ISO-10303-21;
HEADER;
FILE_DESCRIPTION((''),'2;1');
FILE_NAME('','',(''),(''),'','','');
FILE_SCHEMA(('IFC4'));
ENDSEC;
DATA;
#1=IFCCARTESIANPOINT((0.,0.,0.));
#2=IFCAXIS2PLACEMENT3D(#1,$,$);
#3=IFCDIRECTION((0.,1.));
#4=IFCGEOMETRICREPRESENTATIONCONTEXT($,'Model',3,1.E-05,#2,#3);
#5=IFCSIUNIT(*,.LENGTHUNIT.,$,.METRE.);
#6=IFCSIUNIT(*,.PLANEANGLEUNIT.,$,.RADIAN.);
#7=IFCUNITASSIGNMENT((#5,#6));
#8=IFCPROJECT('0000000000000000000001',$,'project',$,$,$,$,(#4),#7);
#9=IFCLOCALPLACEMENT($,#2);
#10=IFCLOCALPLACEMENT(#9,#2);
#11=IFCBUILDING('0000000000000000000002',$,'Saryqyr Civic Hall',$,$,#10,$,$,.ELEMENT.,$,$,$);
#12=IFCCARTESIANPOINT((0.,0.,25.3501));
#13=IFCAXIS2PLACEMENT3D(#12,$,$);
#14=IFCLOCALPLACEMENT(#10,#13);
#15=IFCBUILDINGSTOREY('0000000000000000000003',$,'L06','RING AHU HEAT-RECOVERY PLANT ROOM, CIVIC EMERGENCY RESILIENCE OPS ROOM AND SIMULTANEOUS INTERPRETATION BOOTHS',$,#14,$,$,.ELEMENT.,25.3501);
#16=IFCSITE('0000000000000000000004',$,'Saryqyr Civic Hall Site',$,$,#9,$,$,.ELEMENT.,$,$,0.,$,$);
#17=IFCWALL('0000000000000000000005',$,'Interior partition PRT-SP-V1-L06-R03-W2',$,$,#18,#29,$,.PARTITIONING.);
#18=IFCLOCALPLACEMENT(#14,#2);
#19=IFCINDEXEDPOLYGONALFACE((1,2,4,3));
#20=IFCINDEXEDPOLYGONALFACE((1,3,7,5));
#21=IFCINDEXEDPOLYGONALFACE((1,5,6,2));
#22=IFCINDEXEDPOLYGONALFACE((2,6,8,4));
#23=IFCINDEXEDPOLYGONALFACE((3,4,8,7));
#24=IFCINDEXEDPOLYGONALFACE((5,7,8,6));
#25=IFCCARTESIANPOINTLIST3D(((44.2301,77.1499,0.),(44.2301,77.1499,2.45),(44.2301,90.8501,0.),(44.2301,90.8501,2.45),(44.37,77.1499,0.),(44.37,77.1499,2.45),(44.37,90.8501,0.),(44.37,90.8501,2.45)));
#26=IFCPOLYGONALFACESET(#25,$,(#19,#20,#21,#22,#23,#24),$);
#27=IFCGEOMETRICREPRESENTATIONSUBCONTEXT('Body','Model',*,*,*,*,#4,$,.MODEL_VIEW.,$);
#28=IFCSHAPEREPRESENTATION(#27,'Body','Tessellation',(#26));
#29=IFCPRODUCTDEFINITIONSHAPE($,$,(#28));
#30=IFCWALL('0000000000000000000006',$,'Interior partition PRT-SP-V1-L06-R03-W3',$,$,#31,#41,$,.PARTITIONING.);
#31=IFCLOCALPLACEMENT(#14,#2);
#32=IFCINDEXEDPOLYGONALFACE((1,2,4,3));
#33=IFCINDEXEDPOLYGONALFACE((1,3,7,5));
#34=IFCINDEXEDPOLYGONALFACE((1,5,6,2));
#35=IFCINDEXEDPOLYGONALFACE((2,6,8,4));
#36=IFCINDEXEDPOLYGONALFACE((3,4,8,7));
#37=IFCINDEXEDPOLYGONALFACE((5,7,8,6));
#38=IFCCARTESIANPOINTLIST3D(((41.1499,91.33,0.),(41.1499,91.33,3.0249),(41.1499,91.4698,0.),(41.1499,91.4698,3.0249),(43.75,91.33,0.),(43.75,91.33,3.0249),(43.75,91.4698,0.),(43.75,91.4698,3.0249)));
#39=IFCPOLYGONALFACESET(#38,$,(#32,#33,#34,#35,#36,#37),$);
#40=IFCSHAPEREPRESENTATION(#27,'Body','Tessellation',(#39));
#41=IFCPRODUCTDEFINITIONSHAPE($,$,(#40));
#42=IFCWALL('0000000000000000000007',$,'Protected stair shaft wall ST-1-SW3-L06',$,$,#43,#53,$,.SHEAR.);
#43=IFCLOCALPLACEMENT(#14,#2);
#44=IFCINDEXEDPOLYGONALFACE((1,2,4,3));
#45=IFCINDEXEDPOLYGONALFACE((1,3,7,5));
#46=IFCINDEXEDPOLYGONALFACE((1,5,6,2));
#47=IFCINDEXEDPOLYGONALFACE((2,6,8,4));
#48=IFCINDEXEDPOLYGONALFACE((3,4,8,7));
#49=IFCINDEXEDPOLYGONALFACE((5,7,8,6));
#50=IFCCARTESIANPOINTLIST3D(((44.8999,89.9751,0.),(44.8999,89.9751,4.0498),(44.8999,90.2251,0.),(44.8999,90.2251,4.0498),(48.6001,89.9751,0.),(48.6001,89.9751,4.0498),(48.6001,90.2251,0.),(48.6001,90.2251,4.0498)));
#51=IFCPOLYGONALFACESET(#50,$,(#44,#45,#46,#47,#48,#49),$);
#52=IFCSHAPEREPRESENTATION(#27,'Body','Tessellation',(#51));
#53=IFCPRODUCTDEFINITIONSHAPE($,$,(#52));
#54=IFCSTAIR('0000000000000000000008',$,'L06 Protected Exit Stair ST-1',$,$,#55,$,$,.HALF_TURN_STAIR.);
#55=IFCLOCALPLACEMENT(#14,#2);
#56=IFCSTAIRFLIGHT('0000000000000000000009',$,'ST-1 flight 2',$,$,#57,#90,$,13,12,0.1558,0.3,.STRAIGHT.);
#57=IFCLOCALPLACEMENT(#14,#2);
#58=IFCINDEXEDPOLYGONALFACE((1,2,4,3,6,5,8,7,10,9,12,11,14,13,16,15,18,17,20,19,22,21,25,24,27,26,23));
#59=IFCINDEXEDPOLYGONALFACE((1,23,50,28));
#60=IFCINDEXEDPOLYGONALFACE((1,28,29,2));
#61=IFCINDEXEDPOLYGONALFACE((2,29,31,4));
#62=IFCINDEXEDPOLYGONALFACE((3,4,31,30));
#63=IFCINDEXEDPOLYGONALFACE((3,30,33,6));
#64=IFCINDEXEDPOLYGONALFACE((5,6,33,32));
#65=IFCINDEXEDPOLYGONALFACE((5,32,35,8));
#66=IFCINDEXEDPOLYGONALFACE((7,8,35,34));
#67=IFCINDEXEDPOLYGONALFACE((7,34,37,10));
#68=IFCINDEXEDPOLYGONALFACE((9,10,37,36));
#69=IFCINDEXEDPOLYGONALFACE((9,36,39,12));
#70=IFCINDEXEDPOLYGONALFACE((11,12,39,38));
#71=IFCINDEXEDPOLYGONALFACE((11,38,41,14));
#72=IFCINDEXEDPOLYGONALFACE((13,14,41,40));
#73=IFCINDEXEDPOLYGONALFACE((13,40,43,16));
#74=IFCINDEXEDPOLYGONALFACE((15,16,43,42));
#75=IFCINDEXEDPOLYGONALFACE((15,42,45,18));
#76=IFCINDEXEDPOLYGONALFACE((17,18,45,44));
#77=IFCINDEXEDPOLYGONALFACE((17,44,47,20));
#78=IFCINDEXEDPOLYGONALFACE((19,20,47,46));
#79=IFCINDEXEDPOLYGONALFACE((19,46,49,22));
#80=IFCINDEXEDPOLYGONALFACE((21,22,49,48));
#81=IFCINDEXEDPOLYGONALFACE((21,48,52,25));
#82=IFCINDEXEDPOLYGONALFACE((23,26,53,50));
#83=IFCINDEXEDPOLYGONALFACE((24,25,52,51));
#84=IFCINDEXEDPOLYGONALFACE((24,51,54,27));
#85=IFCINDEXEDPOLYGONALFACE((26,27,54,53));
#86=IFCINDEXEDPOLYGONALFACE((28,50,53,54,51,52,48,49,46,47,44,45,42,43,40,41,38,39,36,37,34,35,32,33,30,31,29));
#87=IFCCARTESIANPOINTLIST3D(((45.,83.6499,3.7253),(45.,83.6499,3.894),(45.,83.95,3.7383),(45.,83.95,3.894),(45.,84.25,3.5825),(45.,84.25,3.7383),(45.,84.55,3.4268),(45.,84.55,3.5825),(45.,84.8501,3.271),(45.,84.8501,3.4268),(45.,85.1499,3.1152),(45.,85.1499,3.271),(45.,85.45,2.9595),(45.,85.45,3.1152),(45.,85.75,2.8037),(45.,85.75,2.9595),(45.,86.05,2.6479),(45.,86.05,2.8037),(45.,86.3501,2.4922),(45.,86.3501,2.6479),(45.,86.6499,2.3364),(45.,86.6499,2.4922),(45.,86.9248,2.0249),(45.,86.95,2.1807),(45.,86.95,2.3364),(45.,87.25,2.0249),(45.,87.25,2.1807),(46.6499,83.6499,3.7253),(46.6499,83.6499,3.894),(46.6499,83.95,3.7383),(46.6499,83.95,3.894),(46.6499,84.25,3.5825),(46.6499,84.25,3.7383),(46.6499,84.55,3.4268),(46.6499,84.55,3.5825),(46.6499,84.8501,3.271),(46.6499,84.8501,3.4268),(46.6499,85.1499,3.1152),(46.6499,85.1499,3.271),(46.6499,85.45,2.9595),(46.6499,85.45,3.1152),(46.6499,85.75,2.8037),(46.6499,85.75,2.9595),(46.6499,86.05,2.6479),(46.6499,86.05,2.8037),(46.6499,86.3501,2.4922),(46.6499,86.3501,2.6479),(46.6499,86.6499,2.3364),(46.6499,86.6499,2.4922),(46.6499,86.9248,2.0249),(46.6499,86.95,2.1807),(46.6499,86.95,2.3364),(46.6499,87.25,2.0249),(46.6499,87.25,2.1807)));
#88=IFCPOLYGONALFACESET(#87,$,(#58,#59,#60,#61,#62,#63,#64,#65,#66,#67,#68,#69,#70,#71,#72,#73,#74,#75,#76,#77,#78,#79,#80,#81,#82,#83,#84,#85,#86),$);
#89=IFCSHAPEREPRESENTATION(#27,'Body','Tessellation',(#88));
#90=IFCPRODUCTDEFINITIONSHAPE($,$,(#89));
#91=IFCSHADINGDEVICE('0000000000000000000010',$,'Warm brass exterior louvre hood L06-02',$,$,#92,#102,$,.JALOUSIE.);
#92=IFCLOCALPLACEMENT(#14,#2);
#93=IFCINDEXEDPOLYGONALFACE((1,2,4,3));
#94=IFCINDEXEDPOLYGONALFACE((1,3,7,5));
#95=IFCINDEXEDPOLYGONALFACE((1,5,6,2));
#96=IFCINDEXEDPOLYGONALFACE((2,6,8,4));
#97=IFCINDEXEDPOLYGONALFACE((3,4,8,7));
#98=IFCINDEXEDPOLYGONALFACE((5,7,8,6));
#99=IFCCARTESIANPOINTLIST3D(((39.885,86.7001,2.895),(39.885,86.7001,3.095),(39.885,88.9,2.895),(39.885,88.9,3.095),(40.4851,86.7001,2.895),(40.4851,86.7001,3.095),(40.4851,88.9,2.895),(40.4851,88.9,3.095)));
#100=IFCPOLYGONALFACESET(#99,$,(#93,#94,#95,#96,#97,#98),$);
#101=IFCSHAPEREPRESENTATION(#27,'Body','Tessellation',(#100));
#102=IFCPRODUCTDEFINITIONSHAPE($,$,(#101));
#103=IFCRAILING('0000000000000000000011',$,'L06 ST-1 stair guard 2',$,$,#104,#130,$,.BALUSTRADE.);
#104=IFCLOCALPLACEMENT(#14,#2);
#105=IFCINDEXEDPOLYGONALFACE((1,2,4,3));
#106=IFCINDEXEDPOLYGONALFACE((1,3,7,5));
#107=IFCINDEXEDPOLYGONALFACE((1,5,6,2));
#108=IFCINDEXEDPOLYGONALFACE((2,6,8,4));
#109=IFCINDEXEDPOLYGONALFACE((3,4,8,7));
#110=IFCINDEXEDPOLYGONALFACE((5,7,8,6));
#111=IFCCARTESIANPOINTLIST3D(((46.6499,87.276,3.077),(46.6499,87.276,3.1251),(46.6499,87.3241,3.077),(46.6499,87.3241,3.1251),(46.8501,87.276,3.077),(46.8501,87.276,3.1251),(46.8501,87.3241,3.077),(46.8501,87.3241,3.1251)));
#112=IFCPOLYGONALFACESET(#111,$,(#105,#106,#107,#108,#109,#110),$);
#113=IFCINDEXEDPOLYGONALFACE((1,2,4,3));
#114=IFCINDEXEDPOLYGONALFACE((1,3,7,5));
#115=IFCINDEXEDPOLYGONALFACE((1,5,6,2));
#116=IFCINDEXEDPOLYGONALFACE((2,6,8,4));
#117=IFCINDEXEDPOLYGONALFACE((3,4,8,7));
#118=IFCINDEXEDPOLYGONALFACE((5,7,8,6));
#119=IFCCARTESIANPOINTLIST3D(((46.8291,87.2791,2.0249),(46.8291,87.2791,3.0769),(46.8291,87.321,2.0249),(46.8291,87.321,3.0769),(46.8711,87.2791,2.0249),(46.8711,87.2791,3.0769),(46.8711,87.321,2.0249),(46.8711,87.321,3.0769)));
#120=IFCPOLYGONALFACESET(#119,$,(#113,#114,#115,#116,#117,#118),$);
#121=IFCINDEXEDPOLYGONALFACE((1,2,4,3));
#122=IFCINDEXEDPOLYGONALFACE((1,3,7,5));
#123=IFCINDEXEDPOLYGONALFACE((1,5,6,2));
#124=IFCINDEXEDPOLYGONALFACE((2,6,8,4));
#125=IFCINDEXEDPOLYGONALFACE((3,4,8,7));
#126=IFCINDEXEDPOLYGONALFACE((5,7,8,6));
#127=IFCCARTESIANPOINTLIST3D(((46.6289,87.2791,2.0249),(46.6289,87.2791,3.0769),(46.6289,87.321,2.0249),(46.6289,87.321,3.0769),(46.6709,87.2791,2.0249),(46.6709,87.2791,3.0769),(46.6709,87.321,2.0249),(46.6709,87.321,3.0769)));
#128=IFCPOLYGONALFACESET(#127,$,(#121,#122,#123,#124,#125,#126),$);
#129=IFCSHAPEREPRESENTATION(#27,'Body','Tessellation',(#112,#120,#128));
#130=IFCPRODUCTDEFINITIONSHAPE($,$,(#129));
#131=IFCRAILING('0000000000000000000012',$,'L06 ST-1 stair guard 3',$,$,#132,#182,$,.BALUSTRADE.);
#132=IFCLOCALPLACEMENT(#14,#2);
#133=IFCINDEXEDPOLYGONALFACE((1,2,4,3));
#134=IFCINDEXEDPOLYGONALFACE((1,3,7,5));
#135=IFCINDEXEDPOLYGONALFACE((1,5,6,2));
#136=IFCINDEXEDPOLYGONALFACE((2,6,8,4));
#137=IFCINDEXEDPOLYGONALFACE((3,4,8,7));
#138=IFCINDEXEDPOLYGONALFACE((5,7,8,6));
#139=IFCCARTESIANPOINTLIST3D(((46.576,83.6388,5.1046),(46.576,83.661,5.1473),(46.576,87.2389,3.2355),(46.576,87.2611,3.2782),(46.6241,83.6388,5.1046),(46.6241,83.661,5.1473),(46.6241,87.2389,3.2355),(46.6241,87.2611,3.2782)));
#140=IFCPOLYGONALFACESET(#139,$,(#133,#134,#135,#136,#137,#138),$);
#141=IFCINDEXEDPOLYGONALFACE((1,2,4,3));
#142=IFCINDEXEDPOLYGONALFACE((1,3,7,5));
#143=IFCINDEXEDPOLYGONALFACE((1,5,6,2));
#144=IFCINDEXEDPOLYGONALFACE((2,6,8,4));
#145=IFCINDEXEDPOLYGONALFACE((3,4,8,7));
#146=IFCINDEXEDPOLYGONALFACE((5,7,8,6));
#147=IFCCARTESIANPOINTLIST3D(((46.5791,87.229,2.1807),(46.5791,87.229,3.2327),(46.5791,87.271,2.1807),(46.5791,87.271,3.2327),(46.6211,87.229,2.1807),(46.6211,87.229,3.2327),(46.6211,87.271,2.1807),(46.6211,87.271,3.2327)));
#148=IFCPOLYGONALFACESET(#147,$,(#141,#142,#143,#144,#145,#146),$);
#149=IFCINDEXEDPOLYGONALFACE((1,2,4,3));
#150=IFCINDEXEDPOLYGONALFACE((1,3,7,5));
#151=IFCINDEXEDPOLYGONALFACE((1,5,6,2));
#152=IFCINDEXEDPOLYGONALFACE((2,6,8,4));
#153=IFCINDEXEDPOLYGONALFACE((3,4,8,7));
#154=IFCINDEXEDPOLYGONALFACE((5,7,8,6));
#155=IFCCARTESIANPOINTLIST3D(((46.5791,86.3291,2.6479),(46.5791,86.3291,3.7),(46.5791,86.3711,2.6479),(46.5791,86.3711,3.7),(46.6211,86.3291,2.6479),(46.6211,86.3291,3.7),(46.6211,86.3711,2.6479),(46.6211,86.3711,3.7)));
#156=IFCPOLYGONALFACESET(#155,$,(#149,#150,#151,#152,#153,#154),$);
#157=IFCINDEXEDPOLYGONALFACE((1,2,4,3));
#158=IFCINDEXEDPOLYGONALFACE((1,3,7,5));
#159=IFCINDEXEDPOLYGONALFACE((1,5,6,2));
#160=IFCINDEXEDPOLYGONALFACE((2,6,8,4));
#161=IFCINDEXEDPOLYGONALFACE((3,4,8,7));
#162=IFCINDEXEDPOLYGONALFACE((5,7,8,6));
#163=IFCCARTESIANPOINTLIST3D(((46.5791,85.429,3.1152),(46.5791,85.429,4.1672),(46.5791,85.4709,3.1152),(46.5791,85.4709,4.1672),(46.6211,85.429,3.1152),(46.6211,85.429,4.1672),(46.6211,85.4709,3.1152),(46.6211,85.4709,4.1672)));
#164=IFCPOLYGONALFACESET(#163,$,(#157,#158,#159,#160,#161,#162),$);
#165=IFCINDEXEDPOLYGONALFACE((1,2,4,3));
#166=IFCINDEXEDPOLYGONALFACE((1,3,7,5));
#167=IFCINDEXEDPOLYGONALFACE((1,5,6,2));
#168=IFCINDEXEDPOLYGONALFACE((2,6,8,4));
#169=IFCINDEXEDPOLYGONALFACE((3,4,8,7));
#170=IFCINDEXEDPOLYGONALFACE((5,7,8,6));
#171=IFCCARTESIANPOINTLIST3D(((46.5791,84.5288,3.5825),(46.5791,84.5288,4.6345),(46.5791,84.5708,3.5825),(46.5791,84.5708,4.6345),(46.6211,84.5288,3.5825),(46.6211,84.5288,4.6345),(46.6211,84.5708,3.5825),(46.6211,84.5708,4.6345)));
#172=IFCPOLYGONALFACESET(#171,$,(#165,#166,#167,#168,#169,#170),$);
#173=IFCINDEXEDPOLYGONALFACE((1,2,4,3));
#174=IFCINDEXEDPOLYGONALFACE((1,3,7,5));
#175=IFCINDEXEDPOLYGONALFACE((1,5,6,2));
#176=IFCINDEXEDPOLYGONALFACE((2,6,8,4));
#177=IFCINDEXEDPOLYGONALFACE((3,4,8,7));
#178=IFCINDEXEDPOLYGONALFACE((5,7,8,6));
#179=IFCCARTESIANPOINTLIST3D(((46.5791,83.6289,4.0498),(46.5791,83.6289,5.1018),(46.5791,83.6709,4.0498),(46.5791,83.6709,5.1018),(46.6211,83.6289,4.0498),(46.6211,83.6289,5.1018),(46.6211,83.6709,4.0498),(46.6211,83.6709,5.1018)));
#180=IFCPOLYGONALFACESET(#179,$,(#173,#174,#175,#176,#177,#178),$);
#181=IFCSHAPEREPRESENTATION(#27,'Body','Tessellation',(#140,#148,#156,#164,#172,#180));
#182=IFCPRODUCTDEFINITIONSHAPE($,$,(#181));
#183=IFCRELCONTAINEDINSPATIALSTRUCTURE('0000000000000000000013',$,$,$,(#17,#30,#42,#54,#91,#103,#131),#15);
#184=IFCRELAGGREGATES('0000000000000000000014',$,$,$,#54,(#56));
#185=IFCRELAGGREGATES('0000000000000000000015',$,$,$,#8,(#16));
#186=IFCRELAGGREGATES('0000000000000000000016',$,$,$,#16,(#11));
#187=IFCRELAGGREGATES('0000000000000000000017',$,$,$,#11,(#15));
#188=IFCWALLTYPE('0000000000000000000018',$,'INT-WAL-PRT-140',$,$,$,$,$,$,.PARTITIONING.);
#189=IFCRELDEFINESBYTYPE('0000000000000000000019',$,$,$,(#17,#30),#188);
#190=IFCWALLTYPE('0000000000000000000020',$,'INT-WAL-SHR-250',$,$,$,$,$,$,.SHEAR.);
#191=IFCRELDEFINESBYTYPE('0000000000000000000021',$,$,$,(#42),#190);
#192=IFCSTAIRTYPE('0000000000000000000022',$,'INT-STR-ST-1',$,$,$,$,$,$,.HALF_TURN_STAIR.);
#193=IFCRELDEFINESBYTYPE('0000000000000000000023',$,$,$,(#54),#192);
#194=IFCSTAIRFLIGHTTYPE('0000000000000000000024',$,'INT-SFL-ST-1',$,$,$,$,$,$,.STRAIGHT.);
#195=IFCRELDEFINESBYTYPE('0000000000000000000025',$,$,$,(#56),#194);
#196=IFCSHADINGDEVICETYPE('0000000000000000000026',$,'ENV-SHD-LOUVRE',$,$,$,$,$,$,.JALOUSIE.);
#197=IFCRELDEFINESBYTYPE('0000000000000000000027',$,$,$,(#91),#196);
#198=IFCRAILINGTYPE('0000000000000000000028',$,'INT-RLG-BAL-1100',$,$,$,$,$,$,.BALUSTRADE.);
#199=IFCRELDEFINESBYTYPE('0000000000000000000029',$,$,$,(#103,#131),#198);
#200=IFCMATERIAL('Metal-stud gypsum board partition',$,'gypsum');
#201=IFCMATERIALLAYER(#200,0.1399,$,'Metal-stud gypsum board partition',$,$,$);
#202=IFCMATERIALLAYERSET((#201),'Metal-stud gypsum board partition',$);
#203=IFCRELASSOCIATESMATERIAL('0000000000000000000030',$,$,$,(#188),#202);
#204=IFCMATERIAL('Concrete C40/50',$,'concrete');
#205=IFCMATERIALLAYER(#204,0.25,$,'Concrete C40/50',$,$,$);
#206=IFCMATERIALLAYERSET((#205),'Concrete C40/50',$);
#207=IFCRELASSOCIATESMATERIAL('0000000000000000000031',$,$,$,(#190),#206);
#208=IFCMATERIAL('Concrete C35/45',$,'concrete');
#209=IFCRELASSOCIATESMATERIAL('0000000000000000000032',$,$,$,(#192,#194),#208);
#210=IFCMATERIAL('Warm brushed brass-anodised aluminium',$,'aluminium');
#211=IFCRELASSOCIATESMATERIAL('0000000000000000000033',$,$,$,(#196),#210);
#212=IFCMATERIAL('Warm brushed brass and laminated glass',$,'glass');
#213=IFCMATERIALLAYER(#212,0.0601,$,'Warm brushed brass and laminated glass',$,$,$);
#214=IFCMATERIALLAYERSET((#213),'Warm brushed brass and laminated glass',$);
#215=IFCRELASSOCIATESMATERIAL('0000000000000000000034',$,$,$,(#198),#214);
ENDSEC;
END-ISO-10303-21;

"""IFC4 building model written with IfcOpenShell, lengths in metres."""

from ifc_helpers import new_model, si_unit, direction, frame, frame_2d, origin, origin_2d, place, context, subcontext, project, spatial, polyline, rectangle, outline, extrude, material, layer, layer_set, type_object, element, aggregate, save


model = new_model("IFC4")

# Units and contexts
model_context = context("Model", 3, precision=1e-05, world=origin(), true_north=direction((0.0, 1.0)))
body_context = subcontext(model_context, "Body", "Model", "MODEL_VIEW")
ifc_project = project(units=[si_unit("LENGTHUNIT", "METRE"), si_unit("PLANEANGLEUNIT", "RADIAN")], contexts=[model_context])

# Site, building, storey
site_placement = place(None, origin())
site = spatial("IfcSite", under=ifc_project, at=site_placement, Name="Saryqyr Civic Hall Site", CompositionType="ELEMENT", RefElevation=0.0)
building_placement = place(site_placement, origin())
building = spatial("IfcBuilding", under=site, at=building_placement, Name="Saryqyr Civic Hall", CompositionType="ELEMENT")
storey_placement = place(building_placement, frame((0.0, 0.0, 25.3501)))
storey = spatial("IfcBuildingStorey", under=building, at=storey_placement, Name="L06", Description="RING AHU HEAT-RECOVERY PLANT ROOM, CIVIC EMERGENCY RESILIENCE OPS ROOM AND SIMULTANEOUS INTERPRETATION BOOTHS", CompositionType="ELEMENT", Elevation=25.3501)

# Shared definitions
ifc_material_1 = material(Name="Concrete C40/50", Category="concrete")

# Shared definitions
ifc_material_2 = material(Name="Concrete C35/45", Category="concrete")

# Shared definitions
ifc_material_3 = material(Name="Warm brushed brass-anodised aluminium", Category="aluminium")

# Walls
ifc_material_4 = material(Name="Metal-stud gypsum board partition", Category="gypsum")
ifc_layer_1 = layer(ifc_material_4, 0.1399, Name="Metal-stud gypsum board partition")
ifc_layer_set_1 = layer_set([ifc_layer_1], Name="Metal-stud gypsum board partition")
wall_type_1 = type_object("IfcWallType", Name="INT-WAL-PRT-140", PredefinedType="PARTITIONING", material=ifc_layer_set_1)
wall_1_placement = place(storey_placement, frame((44.3, 90.8501, 0.0), z_axis=(0.0, 0.0, 1.0), x_axis=(0.0, -1.0, 0.0)))
element("IfcWall", 1, at=wall_1_placement, inside=storey, type_object=wall_type_1, Name="Interior partition PRT-SP-V1-L06-R03-W2", PredefinedType="PARTITIONING", context=body_context, shape_type="SweptSolid", body=[
    extrude(rectangle(XDim=13.7002, YDim=0.1399, at=frame_2d((6.8501, 0.0))), origin(), (0.0, 0.0, 1.0), 2.45),
])
wall_2_placement = place(storey_placement, frame((41.1499, 91.3999, 0.0), z_axis=(0.0, 0.0, 1.0), x_axis=(1.0, 0.0, 0.0)))
element("IfcWall", 2, at=wall_2_placement, inside=storey, type_object=wall_type_1, Name="Interior partition PRT-SP-V1-L06-R03-W3", PredefinedType="PARTITIONING", context=body_context, shape_type="SweptSolid", body=[
    extrude(rectangle(XDim=2.6001, YDim=0.1399, at=frame_2d((1.3, 0.0))), origin(), (0.0, 0.0, 1.0), 3.0249),
])
ifc_layer_2 = layer(ifc_material_1, 0.25, Name="Concrete C40/50")
ifc_layer_set_2 = layer_set([ifc_layer_2], Name="Concrete C40/50")
wall_type_2 = type_object("IfcWallType", Name="INT-WAL-SHR-250", PredefinedType="SHEAR", material=ifc_layer_set_2)
wall_3_placement = place(storey_placement, frame((44.8999, 90.1001, 0.0), z_axis=(0.0, 0.0, 1.0), x_axis=(1.0, 0.0, 0.0)))
element("IfcWall", 3, at=wall_3_placement, inside=storey, type_object=wall_type_2, Name="Protected stair shaft wall ST-1-SW3-L06", PredefinedType="SHEAR", context=body_context, shape_type="SweptSolid", body=[
    extrude(rectangle(XDim=3.7002, YDim=0.25, at=frame_2d((1.8501, 0.0))), origin(), (0.0, 0.0, 1.0), 4.0498),
])

# Stair, stair flight
stair_type = type_object("IfcStairType", Name="INT-STR-ST-1", PredefinedType="HALF_TURN_STAIR", material=ifc_material_2)
stair_placement = place(storey_placement, origin())
stair = element("IfcStair", 4, at=stair_placement, inside=storey, type_object=stair_type, Name="L06 Protected Exit Stair ST-1", PredefinedType="HALF_TURN_STAIR")
stair_flight_type = type_object("IfcStairFlightType", Name="INT-SFL-ST-1", PredefinedType="STRAIGHT", material=ifc_material_2)
stair_flight_placement = place(storey_placement, frame((45.825, 87.25, 2.0249), z_axis=(0.0, 0.0, 1.0), x_axis=(0.0, -1.0, 0.0)))
stair_flight = element("IfcStairFlight", 5, at=stair_flight_placement, type_object=stair_flight_type, Name="ST-1 flight 2", NumberOfRisers=13, NumberOfTreads=12, PredefinedType="STRAIGHT", RiserHeight=0.1558, TreadLength=0.3, context=body_context, shape_type="SweptSolid", body=[
    extrude(outline(polyline([(0.0, 0.0), (0.0, 0.1558), (0.3, 0.1558), (0.3, 0.3115), (0.6001, 0.3115), (0.6001, 0.4673), (0.8999, 0.4673), (0.8999, 0.623), (1.2, 0.623), (1.2, 0.7788), (1.5, 0.7788), (1.5, 0.9346), (1.8, 0.9346), (1.8, 1.0903), (2.1001, 1.0903), (2.1001, 1.2461), (2.3999, 1.2461), (2.3999, 1.4019), (2.7, 1.4019), (2.7, 1.5576), (3.0, 1.5576), (3.0, 1.7134), (3.3, 1.7134), (3.3, 1.8691), (3.6001, 1.8691), (3.6001, 2.0249), (3.6001, 1.7004), (0.3252, 0.0), (0.0, 0.0)])), frame((0.0, 0.825, 0.0), z_axis=(0.0, -1.0, 0.0), x_axis=(1.0, 0.0, 0.0)), (0.0, 0.0, 1.0), 1.6499),
])
aggregate(stair, [stair_flight])

# Shading device
shading_device_type = type_object("IfcShadingDeviceType", Name="ENV-SHD-LOUVRE", PredefinedType="JALOUSIE", material=ifc_material_3)
shading_device_placement = place(storey_placement, frame((40.1851, 87.8, 2.895), z_axis=(0.0, 0.0, 1.0), x_axis=(0.0, 1.0, 0.0)))
element("IfcShadingDevice", 6, at=shading_device_placement, inside=storey, type_object=shading_device_type, Name="Warm brass exterior louvre hood L06-02", PredefinedType="JALOUSIE", context=body_context, shape_type="SweptSolid", body=[
    extrude(rectangle(XDim=2.2, YDim=0.6001, at=origin_2d()), origin(), (0.0, 0.0, 1.0), 0.2),
])

# Railings
ifc_material_5 = material(Name="Warm brushed brass and laminated glass", Category="glass")
ifc_layer_3 = layer(ifc_material_5, 0.0601, Name="Warm brushed brass and laminated glass")
ifc_layer_set_3 = layer_set([ifc_layer_3], Name="Warm brushed brass and laminated glass")
railing_type_1 = type_object("IfcRailingType", Name="INT-RLG-BAL-1100", PredefinedType="BALUSTRADE", material=ifc_layer_set_3)
railing_1_placement = place(storey_placement, frame((46.8501, 87.3, 2.0249)))
element("IfcRailing", 7, at=railing_1_placement, inside=storey, type_object=railing_type_1, Name="L06 ST-1 stair guard 2", PredefinedType="BALUSTRADE", context=body_context, shape_type="SweptSolid", body=[
    extrude(rectangle(XDim=0.0481, YDim=0.0481, at=origin_2d()), frame((0.0, 0.0, 1.0762), z_axis=(-1.0, 0.0, 0.0), x_axis=(0.0, -1.0, 0.0)), (0.0, 0.0, 1.0), 0.2002),
    extrude(rectangle(XDim=0.042, YDim=0.042, at=origin_2d()), origin(), (0.0, 0.0, 1.0), 1.052),
    extrude(rectangle(XDim=0.042, YDim=0.042, at=origin_2d()), frame((-0.2002, 0.0, 0.0)), (0.0, 0.0, 1.0), 1.052),
])
railing_2_placement = place(storey_placement, frame((46.6001, 87.25, 2.1807)))
element("IfcRailing", 8, at=railing_2_placement, inside=storey, type_object=railing_type_1, Name="L06 ST-1 stair guard 3", PredefinedType="BALUSTRADE", context=body_context, shape_type="SweptSolid", body=[
    extrude(rectangle(XDim=0.0481, YDim=0.0481, at=origin_2d()), frame((0.0, 0.0, 1.0762), z_axis=(0.0, -0.88751, 0.460788), x_axis=(1.0, 0.0, 0.0)), (0.0, 0.0, 1.0), 4.0564),
    extrude(rectangle(XDim=0.042, YDim=0.042, at=origin_2d()), origin(), (0.0, 0.0, 1.0), 1.052),
    extrude(rectangle(XDim=0.042, YDim=0.042, at=origin_2d()), frame((0.0, -0.8999, 0.4673)), (0.0, 0.0, 1.0), 1.052),
    extrude(rectangle(XDim=0.042, YDim=0.042, at=origin_2d()), frame((0.0, -1.8, 0.9346)), (0.0, 0.0, 1.0), 1.052),
    extrude(rectangle(XDim=0.042, YDim=0.042, at=origin_2d()), frame((0.0, -2.7002, 1.4019)), (0.0, 0.0, 1.0), 1.052),
    extrude(rectangle(XDim=0.042, YDim=0.042, at=origin_2d()), frame((0.0, -3.6001, 1.8691)), (0.0, 0.0, 1.0), 1.052),
])

save(model, "model.ifc")
